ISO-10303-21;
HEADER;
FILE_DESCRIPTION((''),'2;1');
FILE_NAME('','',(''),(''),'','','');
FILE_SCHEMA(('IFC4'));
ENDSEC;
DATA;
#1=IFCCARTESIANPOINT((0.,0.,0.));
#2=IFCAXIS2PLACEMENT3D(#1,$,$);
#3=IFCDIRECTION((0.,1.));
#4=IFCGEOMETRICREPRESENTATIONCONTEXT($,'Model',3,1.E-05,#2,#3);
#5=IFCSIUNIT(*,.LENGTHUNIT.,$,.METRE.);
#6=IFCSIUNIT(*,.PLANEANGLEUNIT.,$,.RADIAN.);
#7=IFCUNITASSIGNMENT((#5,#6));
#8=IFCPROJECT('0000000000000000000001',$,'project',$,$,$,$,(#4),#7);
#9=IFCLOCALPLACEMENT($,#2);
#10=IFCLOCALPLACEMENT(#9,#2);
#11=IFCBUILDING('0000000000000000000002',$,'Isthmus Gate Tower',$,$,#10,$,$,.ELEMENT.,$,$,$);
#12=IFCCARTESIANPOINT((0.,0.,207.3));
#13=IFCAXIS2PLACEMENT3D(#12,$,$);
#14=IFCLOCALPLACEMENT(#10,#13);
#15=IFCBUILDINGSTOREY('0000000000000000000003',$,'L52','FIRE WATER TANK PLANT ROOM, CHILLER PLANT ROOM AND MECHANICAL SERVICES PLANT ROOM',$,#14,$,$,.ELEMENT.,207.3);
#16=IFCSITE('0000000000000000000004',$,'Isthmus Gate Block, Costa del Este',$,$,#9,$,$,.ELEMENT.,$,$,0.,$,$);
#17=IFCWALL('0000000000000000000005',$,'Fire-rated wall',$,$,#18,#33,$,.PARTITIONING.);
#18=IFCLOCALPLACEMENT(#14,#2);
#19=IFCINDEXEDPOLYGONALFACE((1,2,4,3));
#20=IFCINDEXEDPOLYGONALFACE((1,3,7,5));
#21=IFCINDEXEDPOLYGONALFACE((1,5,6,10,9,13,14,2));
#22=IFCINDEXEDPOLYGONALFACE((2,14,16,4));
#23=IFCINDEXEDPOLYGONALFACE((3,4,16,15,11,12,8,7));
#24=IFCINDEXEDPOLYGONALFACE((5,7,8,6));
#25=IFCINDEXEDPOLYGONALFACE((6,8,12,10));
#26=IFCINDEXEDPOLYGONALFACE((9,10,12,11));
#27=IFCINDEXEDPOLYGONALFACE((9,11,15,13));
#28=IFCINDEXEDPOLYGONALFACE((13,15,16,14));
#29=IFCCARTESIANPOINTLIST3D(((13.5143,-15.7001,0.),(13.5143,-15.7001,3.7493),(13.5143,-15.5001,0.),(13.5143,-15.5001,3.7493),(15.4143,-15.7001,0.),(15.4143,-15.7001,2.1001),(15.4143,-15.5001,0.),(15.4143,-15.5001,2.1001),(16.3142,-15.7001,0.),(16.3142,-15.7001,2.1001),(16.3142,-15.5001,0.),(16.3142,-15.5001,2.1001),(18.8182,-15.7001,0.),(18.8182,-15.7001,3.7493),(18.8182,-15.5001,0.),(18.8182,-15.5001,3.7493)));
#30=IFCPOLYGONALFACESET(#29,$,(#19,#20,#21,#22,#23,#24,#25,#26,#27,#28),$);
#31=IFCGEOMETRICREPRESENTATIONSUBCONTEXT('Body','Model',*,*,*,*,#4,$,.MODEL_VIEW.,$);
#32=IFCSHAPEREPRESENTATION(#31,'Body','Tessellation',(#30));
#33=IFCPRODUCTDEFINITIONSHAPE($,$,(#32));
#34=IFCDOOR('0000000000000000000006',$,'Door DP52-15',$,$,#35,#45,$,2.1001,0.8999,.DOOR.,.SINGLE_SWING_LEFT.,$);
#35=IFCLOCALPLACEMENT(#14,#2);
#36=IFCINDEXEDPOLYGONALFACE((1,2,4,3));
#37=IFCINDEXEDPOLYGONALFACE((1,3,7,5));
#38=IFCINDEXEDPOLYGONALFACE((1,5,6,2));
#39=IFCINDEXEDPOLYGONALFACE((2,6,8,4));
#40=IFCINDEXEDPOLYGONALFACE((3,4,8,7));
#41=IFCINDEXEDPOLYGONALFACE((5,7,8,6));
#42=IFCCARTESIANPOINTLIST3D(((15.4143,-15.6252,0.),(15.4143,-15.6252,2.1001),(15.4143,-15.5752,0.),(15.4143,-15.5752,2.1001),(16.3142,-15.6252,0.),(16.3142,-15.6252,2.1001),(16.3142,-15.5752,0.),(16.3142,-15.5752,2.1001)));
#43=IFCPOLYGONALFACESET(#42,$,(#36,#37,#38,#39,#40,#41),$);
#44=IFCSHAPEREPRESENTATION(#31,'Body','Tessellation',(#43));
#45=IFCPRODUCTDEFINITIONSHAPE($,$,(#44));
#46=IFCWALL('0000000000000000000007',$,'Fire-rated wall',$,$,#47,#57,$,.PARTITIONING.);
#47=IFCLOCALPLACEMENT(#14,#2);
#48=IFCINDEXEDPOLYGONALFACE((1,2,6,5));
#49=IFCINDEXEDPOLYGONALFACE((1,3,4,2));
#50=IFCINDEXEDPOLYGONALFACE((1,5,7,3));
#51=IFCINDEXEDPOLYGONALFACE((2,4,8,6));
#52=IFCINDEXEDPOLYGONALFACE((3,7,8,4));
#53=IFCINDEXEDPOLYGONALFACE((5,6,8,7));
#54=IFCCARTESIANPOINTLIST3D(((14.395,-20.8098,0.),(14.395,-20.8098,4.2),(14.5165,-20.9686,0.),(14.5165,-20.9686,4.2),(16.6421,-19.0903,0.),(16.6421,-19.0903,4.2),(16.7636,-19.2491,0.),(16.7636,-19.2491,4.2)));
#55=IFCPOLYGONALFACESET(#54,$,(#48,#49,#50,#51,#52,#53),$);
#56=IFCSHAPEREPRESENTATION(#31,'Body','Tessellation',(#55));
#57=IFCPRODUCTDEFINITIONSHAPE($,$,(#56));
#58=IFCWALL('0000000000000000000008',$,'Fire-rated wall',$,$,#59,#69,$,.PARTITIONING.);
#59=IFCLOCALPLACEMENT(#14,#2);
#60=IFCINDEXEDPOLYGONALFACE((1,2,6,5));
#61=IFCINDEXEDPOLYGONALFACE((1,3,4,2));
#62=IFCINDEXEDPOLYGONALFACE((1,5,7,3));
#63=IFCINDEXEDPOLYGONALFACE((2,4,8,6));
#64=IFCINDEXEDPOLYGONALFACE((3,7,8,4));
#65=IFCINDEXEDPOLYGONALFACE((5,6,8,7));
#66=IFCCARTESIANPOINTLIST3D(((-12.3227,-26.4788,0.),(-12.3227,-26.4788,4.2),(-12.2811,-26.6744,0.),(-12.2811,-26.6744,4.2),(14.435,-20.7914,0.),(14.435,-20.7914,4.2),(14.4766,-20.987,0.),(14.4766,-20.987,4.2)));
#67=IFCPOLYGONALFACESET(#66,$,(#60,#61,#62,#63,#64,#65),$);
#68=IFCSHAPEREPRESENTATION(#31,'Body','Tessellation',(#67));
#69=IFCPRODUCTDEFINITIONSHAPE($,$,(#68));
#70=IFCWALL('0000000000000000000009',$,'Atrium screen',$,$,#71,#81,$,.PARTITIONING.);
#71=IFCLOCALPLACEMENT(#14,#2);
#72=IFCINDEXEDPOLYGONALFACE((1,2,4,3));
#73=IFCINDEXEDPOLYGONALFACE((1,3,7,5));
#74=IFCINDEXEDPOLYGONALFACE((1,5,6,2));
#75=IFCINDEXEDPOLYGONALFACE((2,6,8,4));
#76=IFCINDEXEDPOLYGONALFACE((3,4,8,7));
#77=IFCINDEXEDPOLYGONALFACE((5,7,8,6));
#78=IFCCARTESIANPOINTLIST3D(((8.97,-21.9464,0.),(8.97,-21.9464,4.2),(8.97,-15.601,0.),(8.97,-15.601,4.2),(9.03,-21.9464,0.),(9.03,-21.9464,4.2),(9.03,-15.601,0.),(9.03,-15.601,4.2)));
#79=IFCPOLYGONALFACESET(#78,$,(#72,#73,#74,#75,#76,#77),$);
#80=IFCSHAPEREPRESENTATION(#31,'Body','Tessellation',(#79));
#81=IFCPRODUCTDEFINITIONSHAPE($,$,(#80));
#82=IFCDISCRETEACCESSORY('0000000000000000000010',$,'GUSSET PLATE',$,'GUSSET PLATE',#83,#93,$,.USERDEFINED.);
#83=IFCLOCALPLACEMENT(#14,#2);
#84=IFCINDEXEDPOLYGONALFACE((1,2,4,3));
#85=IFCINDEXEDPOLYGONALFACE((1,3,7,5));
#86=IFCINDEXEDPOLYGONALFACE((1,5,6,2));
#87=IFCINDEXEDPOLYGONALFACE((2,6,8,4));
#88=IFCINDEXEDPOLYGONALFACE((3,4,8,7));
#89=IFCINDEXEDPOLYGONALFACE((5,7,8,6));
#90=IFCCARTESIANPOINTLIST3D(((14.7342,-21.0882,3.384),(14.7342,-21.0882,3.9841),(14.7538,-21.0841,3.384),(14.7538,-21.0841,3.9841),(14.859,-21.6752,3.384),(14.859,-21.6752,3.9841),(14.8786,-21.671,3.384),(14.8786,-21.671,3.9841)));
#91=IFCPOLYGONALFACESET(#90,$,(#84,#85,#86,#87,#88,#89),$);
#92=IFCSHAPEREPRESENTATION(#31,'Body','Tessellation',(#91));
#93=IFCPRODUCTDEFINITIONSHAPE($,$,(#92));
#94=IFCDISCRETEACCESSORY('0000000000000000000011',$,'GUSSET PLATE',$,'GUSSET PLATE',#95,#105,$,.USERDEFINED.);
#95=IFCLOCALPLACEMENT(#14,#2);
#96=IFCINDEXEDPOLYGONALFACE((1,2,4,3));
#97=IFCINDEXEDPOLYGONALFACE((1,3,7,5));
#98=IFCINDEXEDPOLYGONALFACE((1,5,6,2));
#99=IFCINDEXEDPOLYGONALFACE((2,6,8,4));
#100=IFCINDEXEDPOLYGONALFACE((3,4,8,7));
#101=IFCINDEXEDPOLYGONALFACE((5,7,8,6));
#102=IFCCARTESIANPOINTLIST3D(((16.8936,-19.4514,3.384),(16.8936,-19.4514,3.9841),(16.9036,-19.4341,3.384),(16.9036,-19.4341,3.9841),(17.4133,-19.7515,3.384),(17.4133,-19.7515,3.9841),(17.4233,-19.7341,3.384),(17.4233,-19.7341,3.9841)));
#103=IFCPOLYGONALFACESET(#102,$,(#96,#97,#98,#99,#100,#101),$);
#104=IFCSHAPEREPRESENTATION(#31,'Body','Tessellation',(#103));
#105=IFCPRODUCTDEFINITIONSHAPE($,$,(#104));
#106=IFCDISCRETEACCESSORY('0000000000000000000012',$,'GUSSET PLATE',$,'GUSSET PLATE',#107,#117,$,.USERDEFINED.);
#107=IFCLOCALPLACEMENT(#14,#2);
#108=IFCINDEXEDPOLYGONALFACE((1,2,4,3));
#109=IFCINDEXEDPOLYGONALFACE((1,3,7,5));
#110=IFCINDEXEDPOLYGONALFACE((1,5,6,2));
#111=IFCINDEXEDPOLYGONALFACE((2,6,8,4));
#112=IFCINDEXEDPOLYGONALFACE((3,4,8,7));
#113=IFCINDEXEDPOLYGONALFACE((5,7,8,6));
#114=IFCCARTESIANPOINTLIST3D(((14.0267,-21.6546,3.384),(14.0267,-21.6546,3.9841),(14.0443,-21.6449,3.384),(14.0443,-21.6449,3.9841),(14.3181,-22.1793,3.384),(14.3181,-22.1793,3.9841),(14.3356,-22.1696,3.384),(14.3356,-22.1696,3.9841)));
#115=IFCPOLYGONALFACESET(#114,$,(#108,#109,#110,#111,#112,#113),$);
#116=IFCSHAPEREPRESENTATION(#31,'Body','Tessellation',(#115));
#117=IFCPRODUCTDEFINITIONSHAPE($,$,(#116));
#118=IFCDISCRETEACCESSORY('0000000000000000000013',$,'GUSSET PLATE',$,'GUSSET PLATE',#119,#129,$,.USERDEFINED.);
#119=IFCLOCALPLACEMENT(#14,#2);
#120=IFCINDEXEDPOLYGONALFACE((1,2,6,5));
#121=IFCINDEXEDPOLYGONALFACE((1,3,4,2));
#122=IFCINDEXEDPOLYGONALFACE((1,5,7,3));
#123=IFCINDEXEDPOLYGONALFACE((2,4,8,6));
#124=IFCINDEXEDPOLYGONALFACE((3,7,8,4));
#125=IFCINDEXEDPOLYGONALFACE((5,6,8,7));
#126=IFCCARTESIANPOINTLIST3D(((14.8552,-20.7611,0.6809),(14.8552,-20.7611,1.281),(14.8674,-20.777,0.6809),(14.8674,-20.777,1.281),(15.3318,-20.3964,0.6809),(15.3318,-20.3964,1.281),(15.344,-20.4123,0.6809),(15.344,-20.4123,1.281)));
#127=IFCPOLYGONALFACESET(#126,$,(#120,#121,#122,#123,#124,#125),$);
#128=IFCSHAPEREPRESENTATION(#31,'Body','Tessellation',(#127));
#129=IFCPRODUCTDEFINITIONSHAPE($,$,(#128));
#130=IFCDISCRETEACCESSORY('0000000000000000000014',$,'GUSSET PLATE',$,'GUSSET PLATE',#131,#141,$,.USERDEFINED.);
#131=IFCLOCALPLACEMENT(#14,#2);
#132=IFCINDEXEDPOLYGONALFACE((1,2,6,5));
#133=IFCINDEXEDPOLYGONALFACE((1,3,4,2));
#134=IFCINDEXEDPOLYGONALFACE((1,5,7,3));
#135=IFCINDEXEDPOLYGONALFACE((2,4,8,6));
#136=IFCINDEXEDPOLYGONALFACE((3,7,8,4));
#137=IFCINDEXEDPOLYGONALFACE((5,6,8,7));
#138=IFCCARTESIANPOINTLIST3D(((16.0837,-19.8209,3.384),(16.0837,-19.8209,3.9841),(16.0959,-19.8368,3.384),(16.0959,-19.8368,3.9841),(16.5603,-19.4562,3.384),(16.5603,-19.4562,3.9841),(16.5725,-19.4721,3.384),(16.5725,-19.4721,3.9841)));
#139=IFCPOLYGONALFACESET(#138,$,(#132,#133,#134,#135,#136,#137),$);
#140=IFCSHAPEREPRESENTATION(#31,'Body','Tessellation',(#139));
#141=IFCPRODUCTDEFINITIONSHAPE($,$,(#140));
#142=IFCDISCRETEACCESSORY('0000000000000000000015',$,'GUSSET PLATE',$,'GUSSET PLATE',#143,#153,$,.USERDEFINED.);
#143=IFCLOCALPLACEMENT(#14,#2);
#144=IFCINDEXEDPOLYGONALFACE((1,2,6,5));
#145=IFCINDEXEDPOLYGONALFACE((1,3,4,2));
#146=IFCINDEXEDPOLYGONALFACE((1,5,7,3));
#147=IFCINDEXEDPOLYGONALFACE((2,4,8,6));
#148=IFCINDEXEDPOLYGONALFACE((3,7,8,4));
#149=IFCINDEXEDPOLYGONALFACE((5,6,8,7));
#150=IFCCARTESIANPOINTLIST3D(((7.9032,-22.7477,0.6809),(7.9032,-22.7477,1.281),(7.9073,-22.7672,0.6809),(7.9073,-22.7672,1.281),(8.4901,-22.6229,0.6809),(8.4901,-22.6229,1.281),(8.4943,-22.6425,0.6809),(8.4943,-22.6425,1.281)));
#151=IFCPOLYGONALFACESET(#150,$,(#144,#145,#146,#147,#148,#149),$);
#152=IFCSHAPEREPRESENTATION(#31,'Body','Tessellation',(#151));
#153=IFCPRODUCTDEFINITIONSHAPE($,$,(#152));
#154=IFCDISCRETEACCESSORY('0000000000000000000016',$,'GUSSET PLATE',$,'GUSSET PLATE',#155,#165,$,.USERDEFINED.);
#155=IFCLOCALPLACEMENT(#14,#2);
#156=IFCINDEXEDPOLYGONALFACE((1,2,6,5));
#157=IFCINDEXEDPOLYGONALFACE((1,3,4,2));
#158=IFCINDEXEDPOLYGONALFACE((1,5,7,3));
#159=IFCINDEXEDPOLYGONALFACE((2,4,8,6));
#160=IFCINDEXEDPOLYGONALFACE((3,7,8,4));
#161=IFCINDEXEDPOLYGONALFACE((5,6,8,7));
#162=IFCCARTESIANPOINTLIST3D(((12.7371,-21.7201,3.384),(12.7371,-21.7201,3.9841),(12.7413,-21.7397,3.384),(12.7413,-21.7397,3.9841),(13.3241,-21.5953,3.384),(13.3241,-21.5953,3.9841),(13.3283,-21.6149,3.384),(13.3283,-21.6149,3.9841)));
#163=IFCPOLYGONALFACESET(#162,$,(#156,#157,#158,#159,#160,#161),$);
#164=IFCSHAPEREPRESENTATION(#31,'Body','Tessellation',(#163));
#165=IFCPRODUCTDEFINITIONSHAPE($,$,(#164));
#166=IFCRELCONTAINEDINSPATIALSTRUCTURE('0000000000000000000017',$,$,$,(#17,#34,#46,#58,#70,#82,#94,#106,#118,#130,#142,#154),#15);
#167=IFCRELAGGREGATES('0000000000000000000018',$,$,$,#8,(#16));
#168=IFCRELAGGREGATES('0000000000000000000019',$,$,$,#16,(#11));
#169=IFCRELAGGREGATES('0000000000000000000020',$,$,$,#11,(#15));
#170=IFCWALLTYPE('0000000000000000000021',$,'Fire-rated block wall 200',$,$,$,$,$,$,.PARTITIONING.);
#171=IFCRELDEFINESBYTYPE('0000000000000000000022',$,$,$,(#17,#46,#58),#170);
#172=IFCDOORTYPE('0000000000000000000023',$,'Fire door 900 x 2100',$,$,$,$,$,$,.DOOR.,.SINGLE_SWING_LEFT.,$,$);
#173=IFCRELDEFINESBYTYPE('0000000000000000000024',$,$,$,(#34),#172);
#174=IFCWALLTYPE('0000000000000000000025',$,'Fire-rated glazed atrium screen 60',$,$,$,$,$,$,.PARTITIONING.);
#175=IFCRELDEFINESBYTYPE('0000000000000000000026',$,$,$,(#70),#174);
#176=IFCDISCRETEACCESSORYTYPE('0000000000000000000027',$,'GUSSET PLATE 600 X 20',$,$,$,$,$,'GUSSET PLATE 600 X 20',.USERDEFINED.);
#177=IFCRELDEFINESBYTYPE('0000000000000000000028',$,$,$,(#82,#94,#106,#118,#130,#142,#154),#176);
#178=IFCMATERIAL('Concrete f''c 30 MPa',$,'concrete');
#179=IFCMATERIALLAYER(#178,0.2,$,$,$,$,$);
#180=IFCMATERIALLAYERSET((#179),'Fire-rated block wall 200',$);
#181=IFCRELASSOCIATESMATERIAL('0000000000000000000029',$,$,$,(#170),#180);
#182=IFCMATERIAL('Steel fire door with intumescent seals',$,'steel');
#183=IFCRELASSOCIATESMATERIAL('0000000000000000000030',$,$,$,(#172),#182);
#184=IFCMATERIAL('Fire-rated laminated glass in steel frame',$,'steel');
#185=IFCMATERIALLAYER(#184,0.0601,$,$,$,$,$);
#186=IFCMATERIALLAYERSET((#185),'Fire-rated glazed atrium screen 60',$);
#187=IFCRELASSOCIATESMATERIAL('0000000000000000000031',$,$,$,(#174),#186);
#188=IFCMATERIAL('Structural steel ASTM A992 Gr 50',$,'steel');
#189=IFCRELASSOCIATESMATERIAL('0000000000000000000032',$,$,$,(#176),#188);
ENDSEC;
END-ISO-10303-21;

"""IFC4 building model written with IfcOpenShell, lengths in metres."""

from ifc_helpers import new_model, si_unit, direction, frame, frame_2d, origin, origin_2d, place, context, subcontext, project, spatial, rectangle, extrude, material, layer, layer_set, type_object, element, fill, save


model = new_model("IFC4")

# Units and contexts
model_context = context("Model", 3, precision=1e-05, world=origin(), true_north=direction((0.0, 1.0)))
body_context = subcontext(model_context, "Body", "Model", "MODEL_VIEW")
ifc_project = project(units=[si_unit("LENGTHUNIT", "METRE"), si_unit("PLANEANGLEUNIT", "RADIAN")], contexts=[model_context])

# Site, building, storey
site_placement = place(None, origin())
site = spatial("IfcSite", under=ifc_project, at=site_placement, Name="Isthmus Gate Block, Costa del Este", CompositionType="ELEMENT", RefElevation=0.0)
building_placement = place(site_placement, origin())
building = spatial("IfcBuilding", under=site, at=building_placement, Name="Isthmus Gate Tower", CompositionType="ELEMENT")
storey_placement = place(building_placement, frame((0.0, 0.0, 207.3)))
storey = spatial("IfcBuildingStorey", under=building, at=storey_placement, Name="L52", Description="FIRE WATER TANK PLANT ROOM, CHILLER PLANT ROOM AND MECHANICAL SERVICES PLANT ROOM", CompositionType="ELEMENT", Elevation=207.3)

# Shared definitions
ifc_material_1 = material(Name="Concrete f'c 30 MPa", Category="concrete")
ifc_layer_1 = layer(ifc_material_1, 0.2)
ifc_layer_set_1 = layer_set([ifc_layer_1], Name="Fire-rated block wall 200")
wall_type_1 = type_object("IfcWallType", Name="Fire-rated block wall 200", PredefinedType="PARTITIONING", material=ifc_layer_set_1)

# Wall, opening, door
wall_1_placement = place(storey_placement, frame((13.5144, -15.6001, 0.0), z_axis=(0.0, 0.0, 1.0), x_axis=(1.0, 0.0, 0.0)))
wall_1 = element("IfcWall", 1, at=wall_1_placement, inside=storey, type_object=wall_type_1, Name="Fire-rated wall", PredefinedType="PARTITIONING", context=body_context, shape_type="SweptSolid", body=[
    extrude(rectangle(XDim=5.304, YDim=0.2, at=frame_2d((2.6519, 0.0))), origin(), (0.0, 0.0, 1.0), 3.7493),
])
opening_placement = place(wall_1_placement, frame((1.8999, 0.0, 0.0)))
opening = element("IfcOpeningElement", 2, at=opening_placement, cuts=wall_1, PredefinedType="OPENING", context=body_context, shape_type="SweptSolid", body=[
    extrude(rectangle(XDim=0.8999, YDim=2.1001, at=frame_2d((0.45, 1.05))), frame((0.0, 0.1099, 0.0), z_axis=(0.0, -1.0, 0.0), x_axis=(1.0, 0.0, 0.0)), (0.0, 0.0, 1.0), 0.22),
])
ifc_material_2 = material(Name="Steel fire door with intumescent seals", Category="steel")
door_type = type_object("IfcDoorType", Name="Fire door 900 x 2100", OperationType="SINGLE_SWING_LEFT", PredefinedType="DOOR", material=ifc_material_2)
door_placement = place(opening_placement, origin())
door = element("IfcDoor", 3, at=door_placement, inside=storey, type_object=door_type, Name="Door DP52-15", OperationType="SINGLE_SWING_LEFT", OverallHeight=2.1001, OverallWidth=0.8999, PredefinedType="DOOR", context=body_context, shape_type="SweptSolid", body=[
    extrude(rectangle(XDim=0.8999, YDim=2.1001, at=frame_2d((0.45, 1.05))), frame((0.0, 0.0249, 0.0), z_axis=(0.0, -1.0, 0.0), x_axis=(1.0, 0.0, 0.0)), (0.0, 0.0, 1.0), 0.05),
])
fill(opening, door)

# Walls
wall_2_placement = place(storey_placement, frame((16.7029, -19.1697, 0.0), z_axis=(0.0, 0.0, 1.0), x_axis=(-0.794164, -0.607703, 0.0)))
element("IfcWall", 4, at=wall_2_placement, inside=storey, type_object=wall_type_1, Name="Fire-rated wall", PredefinedType="PARTITIONING", context=body_context, shape_type="SweptSolid", body=[
    extrude(rectangle(XDim=2.8296, YDim=0.2, at=frame_2d((1.4148, 0.0))), origin(), (0.0, 0.0, 1.0), 4.2),
])
wall_3_placement = place(storey_placement, frame((14.4558, -20.8892, 0.0), z_axis=(0.0, 0.0, 1.0), x_axis=(-0.978148, -0.20791, 0.0)))
element("IfcWall", 5, at=wall_3_placement, inside=storey, type_object=wall_type_1, Name="Fire-rated wall", PredefinedType="PARTITIONING", context=body_context, shape_type="SweptSolid", body=[
    extrude(rectangle(XDim=27.3555, YDim=0.2, at=frame_2d((13.6777, 0.0))), origin(), (0.0, 0.0, 1.0), 4.2),
])
ifc_material_3 = material(Name="Fire-rated laminated glass in steel frame", Category="steel")
ifc_layer_2 = layer(ifc_material_3, 0.0601)
ifc_layer_set_2 = layer_set([ifc_layer_2], Name="Fire-rated glazed atrium screen 60")
wall_type_2 = type_object("IfcWallType", Name="Fire-rated glazed atrium screen 60", PredefinedType="PARTITIONING", material=ifc_layer_set_2)
wall_4_placement = place(storey_placement, frame((9.0, -21.9465, 0.0), z_axis=(0.0, 0.0, 1.0), x_axis=(0.0, 1.0, 0.0)))
element("IfcWall", 6, at=wall_4_placement, inside=storey, type_object=wall_type_2, Name="Atrium screen", PredefinedType="PARTITIONING", context=body_context, shape_type="SweptSolid", body=[
    extrude(rectangle(XDim=6.3455, YDim=0.0601, at=frame_2d((3.1729, 0.0))), origin(), (0.0, 0.0, 1.0), 4.2),
])

# Discrete accessories
ifc_material_4 = material(Name="Structural steel ASTM A992 Gr 50", Category="steel")
discrete_accessory_type = type_object("IfcDiscreteAccessoryType", Name="GUSSET PLATE 600 X 20", ElementType="GUSSET PLATE 600 X 20", PredefinedType="USERDEFINED", material=ifc_material_4)
for number, where, z_axis, x_axis, name in (
    (7, (14.8064, -21.3796, 3.384), (0.0, 0.0, 1.0), (-0.207912, 0.978148, 0.0), "GUSSET PLATE"),
    (8, (17.1584, -19.5928, 3.384), (0.0, 0.0, 1.0), (-0.866025, 0.5, 0.0), "GUSSET PLATE"),
    (9, (14.1812, -21.9121, 3.384), (0.0, 0.0, 1.0), (-0.485428, 0.874276, 0.0), "GUSSET PLATE"),
    (10, (15.0996, -20.5867, 0.6809), (0.0, 0.0, 1.0), (0.794189, 0.607671, 0.0), "GUSSET PLATE"),
    (11, (16.3281, -19.6465, 3.384), (0.0, 0.0, 1.0), (0.794189, 0.607671, 0.0), "GUSSET PLATE"),
    (12, (8.1987, -22.6951, 0.6809), (0.0, 0.0, 1.0), (0.978148, 0.207912, 0.0), "GUSSET PLATE"),
    (13, (13.0327, -21.6675, 3.384), (0.0, 0.0, 1.0), (0.978148, 0.207912, 0.0), "GUSSET PLATE"),
):
    element("IfcDiscreteAccessory", number, at=place(storey_placement, frame(where, z_axis=z_axis, x_axis=x_axis)), inside=storey, type_object=discrete_accessory_type, Name=name, ObjectType="GUSSET PLATE", PredefinedType="USERDEFINED", context=body_context, shape_type="SweptSolid", body=[
        extrude(rectangle(XDim=0.6001, YDim=0.02, at=origin_2d()), origin(), (0.0, 0.0, 1.0), 0.6001),
    ])

save(model, "model.ifc")
